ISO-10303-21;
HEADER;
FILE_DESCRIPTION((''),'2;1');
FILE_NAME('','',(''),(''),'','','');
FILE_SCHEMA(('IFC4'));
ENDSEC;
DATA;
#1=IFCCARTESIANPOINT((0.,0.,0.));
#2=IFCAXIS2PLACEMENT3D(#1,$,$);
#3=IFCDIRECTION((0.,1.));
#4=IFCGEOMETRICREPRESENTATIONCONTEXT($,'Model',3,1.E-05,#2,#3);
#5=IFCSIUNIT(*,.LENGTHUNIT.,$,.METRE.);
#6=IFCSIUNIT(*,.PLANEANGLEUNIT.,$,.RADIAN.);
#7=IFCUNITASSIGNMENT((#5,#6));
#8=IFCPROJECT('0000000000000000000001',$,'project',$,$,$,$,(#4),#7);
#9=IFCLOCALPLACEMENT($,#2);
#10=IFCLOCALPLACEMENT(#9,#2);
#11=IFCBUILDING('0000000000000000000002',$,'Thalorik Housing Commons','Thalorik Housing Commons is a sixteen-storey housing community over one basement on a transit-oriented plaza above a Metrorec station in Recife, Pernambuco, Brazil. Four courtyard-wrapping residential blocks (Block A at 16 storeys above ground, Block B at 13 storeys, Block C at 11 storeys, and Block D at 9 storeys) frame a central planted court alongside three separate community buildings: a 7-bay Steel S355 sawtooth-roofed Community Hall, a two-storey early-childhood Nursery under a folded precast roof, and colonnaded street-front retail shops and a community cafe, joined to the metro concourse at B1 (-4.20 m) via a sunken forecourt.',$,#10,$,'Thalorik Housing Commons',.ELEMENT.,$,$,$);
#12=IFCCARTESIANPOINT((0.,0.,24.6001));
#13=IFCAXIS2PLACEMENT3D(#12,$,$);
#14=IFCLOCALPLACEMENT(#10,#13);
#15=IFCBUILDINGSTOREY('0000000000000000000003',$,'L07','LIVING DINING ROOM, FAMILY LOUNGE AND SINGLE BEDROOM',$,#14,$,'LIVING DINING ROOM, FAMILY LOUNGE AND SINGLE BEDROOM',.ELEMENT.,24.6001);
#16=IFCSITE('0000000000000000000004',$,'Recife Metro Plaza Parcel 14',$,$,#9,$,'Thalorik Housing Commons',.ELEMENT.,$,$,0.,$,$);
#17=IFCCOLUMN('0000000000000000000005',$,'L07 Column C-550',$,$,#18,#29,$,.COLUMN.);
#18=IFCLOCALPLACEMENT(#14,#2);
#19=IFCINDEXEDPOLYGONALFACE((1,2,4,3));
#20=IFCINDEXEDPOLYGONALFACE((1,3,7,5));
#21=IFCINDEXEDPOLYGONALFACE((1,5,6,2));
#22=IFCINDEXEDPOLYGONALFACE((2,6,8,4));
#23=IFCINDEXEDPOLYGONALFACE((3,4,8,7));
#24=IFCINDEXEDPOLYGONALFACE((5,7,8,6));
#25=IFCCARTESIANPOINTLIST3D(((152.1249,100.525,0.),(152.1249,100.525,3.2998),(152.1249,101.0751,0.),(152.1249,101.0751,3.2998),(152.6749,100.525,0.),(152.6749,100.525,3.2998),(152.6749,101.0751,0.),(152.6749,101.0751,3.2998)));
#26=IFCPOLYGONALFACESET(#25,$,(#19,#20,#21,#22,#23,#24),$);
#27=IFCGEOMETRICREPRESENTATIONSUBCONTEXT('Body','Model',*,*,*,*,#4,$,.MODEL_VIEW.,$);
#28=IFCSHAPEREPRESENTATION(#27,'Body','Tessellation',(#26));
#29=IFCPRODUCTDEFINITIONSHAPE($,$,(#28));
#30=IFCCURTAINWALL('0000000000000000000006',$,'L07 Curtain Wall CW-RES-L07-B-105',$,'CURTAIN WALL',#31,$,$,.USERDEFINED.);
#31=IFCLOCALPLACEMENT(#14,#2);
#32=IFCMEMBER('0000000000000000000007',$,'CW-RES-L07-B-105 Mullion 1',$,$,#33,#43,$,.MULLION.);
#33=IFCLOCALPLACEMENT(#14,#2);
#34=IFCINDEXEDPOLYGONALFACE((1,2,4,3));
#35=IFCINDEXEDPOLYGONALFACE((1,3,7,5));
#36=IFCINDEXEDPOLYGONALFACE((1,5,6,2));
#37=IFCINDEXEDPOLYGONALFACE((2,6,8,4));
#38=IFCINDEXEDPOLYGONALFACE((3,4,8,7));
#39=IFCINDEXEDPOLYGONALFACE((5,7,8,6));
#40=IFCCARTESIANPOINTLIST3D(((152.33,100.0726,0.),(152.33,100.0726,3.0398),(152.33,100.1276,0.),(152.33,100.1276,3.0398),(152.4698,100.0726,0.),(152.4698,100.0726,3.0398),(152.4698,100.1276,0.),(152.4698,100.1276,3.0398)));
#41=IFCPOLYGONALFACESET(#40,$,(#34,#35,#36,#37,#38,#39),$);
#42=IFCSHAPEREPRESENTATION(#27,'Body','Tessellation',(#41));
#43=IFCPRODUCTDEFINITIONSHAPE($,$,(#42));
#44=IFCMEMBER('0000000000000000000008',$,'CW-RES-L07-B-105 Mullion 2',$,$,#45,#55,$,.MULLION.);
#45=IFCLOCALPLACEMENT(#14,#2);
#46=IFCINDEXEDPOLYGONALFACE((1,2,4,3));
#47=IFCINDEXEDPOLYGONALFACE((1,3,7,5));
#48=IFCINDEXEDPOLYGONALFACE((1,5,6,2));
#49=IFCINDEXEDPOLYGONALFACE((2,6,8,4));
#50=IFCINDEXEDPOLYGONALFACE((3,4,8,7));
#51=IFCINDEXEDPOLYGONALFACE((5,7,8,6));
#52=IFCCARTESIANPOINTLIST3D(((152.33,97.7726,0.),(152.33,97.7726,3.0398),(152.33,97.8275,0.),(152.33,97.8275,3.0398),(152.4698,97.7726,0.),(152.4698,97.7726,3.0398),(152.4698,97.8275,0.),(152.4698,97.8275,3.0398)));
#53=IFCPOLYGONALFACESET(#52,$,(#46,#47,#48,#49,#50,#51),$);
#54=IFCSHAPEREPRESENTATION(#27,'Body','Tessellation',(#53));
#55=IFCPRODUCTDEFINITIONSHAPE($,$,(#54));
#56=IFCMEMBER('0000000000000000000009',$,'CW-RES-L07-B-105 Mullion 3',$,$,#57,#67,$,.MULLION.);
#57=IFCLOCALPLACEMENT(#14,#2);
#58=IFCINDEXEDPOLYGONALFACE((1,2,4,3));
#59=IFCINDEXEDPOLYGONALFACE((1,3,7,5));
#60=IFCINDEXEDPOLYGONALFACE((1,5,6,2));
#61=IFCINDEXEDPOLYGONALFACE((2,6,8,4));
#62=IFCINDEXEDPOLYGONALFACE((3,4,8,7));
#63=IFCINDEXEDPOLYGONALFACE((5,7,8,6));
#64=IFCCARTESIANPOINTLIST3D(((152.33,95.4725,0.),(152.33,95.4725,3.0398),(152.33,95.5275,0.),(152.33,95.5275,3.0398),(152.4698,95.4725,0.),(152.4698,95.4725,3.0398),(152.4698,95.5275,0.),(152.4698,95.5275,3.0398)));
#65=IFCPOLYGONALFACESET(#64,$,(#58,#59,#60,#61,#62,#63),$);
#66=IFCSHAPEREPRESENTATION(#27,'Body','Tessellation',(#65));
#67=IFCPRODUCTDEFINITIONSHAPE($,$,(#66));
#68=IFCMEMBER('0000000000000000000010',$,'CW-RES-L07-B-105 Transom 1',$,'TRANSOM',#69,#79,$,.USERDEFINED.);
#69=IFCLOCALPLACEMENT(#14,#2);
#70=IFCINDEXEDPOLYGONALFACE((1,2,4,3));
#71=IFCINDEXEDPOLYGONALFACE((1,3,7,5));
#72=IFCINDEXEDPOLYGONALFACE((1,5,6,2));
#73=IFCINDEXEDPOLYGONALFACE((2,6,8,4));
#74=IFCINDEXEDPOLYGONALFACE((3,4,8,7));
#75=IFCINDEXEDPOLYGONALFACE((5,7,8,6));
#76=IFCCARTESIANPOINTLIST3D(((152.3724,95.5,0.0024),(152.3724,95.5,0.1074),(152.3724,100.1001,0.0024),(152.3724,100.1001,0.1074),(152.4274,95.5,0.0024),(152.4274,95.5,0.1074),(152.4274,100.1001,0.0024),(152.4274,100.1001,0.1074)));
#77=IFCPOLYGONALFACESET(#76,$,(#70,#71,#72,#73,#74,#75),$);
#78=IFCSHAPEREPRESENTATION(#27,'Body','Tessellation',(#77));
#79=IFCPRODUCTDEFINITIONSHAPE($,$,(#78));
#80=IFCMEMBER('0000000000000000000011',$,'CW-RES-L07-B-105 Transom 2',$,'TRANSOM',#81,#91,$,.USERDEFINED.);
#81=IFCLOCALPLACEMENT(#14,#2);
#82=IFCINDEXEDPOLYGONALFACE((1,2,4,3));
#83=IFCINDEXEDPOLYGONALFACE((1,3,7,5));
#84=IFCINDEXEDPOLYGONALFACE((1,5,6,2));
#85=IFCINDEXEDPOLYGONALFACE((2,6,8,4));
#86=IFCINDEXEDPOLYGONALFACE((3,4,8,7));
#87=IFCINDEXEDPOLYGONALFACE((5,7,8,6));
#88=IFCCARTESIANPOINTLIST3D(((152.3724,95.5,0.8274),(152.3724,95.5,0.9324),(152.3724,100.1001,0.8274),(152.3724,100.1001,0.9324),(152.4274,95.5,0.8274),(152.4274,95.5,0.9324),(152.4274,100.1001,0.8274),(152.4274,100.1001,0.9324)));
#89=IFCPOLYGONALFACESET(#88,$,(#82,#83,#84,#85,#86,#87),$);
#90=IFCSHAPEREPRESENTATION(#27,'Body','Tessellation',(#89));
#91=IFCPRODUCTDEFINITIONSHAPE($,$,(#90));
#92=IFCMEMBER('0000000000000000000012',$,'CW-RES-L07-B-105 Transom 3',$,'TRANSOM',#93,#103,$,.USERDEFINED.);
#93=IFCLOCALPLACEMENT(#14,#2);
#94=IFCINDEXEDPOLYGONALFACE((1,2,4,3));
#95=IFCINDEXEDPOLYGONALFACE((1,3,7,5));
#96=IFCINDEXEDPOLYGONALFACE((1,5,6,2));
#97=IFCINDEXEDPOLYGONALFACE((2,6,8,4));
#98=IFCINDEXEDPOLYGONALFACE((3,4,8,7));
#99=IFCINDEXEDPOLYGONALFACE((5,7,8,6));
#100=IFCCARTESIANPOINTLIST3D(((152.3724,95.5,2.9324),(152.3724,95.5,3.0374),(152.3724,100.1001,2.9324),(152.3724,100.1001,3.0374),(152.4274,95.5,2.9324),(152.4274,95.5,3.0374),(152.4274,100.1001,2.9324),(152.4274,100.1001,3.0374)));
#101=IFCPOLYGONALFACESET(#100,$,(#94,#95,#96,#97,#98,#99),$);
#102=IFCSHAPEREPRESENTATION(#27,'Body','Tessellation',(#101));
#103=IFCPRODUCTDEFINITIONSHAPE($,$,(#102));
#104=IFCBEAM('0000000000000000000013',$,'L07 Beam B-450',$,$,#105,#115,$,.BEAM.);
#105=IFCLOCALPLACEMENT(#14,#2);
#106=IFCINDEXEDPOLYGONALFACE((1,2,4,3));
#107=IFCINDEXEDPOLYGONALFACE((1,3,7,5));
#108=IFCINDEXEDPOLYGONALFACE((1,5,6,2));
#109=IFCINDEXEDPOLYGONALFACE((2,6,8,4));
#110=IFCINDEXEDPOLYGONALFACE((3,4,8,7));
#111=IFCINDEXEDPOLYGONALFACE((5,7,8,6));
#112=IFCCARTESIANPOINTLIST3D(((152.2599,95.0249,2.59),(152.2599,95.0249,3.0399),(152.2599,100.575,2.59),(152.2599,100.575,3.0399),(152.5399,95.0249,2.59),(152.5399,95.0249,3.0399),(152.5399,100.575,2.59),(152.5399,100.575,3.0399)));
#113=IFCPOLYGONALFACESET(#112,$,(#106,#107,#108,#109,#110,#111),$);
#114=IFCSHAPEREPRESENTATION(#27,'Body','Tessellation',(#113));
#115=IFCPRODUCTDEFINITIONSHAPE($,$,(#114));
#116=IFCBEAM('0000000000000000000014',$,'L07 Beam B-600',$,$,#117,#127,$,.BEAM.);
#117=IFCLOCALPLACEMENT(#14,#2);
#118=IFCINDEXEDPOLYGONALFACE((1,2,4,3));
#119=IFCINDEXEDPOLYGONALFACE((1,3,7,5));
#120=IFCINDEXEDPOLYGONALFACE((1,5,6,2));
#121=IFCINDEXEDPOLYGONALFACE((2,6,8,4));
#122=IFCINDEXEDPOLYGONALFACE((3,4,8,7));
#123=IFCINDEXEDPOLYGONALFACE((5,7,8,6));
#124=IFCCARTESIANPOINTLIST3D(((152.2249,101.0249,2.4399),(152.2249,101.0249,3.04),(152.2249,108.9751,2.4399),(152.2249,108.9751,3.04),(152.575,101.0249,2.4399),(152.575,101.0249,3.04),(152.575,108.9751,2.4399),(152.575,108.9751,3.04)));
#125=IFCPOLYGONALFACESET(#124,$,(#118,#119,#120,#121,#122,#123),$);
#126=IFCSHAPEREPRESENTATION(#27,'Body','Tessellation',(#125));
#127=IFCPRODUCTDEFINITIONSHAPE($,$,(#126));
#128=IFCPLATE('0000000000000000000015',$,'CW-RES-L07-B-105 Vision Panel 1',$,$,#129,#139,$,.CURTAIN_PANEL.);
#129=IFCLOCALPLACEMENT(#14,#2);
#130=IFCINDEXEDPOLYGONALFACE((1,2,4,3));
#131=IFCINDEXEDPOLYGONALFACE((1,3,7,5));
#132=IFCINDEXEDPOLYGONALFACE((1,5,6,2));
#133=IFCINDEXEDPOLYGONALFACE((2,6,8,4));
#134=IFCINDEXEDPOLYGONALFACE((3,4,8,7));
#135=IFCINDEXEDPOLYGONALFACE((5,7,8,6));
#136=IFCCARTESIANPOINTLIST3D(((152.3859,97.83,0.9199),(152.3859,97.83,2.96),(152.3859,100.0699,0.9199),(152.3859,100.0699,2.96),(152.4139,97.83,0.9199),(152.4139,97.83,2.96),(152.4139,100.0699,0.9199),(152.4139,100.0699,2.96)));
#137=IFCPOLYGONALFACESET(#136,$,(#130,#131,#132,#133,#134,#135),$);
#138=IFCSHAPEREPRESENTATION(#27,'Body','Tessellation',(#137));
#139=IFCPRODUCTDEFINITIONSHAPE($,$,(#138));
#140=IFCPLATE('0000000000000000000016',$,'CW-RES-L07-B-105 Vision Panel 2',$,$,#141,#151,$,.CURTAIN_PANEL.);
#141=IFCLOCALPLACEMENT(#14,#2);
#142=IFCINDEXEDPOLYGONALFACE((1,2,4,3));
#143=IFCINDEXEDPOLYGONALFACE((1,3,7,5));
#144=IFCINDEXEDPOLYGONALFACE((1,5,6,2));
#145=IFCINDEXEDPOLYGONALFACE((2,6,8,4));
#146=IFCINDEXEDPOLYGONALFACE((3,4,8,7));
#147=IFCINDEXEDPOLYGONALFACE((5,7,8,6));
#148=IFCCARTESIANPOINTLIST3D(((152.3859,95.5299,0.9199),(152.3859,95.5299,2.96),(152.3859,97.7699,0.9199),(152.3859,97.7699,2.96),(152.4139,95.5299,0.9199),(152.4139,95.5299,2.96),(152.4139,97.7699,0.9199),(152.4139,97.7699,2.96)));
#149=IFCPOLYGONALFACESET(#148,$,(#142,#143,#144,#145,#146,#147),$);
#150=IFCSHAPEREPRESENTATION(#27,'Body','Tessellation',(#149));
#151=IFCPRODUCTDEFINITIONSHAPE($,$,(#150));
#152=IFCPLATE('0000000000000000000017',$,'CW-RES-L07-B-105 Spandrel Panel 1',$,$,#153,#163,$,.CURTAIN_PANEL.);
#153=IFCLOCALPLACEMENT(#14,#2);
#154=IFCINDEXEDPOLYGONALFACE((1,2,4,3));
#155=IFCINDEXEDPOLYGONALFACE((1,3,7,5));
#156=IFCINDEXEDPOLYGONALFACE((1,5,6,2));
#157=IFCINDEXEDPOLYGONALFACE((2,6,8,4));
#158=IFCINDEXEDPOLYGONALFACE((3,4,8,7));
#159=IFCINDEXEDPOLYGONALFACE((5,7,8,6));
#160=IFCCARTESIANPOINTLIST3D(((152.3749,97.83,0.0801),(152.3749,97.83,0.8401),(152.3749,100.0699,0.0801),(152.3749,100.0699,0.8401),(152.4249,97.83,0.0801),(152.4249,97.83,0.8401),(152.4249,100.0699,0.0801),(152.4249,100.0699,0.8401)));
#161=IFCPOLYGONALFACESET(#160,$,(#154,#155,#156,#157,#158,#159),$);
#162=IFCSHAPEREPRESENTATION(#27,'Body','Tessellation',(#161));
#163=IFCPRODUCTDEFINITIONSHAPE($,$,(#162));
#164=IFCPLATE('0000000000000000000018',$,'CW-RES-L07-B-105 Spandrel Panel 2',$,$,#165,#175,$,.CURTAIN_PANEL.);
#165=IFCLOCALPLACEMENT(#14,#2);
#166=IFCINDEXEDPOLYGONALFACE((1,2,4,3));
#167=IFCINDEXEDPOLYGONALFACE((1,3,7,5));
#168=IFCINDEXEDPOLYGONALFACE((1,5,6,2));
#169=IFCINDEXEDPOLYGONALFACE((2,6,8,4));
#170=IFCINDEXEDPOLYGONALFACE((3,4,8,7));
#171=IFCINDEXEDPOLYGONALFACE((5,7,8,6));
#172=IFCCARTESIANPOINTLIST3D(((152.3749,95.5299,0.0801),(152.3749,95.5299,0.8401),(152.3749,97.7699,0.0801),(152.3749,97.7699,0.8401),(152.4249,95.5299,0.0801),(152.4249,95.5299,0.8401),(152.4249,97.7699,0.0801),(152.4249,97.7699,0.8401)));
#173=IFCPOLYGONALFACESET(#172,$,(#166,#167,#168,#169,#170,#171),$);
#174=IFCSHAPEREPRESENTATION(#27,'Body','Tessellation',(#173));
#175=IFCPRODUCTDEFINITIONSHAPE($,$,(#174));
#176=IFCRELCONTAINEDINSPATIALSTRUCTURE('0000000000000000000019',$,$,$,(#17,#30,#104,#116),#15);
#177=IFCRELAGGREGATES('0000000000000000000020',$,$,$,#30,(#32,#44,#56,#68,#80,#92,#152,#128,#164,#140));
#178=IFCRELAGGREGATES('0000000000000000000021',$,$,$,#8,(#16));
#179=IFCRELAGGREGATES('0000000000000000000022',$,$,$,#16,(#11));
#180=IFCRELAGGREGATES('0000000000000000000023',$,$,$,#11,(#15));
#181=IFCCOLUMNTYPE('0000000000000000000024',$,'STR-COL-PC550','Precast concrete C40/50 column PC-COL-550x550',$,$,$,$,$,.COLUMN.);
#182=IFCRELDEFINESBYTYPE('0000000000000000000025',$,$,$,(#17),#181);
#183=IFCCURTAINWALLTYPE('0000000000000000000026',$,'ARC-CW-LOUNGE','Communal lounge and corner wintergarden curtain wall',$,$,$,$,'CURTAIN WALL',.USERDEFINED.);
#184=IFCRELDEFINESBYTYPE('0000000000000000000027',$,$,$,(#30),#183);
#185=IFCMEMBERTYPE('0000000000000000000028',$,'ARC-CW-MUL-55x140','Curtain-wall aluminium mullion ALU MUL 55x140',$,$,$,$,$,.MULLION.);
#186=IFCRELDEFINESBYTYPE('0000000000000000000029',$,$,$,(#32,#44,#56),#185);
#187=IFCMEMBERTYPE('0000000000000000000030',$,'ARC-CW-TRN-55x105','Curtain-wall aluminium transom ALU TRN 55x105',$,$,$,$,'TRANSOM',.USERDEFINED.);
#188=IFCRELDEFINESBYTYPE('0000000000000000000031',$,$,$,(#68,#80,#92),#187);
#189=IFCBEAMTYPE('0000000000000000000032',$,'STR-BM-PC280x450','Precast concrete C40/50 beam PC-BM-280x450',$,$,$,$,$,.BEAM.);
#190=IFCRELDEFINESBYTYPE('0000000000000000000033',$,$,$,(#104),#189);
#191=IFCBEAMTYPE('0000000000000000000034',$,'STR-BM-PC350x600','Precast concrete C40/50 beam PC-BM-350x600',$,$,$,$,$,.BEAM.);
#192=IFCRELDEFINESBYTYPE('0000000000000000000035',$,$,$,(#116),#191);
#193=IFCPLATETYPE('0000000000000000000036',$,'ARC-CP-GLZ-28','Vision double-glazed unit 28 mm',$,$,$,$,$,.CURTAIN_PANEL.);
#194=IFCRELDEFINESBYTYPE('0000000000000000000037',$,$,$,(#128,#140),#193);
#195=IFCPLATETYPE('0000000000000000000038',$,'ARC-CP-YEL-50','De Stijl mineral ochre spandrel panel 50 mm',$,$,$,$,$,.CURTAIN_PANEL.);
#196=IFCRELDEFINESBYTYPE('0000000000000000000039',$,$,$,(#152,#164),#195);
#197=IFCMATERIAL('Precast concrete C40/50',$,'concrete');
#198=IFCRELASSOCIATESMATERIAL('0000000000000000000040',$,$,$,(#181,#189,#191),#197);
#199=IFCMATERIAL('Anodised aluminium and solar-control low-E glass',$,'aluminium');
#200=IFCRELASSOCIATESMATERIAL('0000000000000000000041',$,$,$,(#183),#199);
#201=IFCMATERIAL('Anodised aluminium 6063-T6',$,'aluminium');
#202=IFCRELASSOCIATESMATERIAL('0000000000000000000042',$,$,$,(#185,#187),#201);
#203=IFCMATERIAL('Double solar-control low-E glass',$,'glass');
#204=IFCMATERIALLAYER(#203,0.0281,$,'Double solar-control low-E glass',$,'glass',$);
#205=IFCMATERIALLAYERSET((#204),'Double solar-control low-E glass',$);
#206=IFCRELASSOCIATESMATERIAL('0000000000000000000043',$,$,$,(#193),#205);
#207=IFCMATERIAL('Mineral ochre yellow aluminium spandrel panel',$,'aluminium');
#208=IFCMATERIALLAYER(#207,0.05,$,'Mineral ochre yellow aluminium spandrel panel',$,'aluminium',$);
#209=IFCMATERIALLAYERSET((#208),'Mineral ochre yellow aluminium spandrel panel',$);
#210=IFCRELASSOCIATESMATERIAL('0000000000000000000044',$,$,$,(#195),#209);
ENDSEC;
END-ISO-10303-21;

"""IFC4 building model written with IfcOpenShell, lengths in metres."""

from ifc_helpers import new_model, si_unit, direction, frame, origin, origin_2d, place, context, subcontext, project, spatial, rectangle, extrude, material, layer, layer_set, material_profile, profile_set, type_object, element, aggregate, save


model = new_model("IFC4")

# Units and contexts
model_context = context("Model", 3, precision=1e-05, world=origin(), true_north=direction((0.0, 1.0)))
body_context = subcontext(model_context, "Body", "Model", "MODEL_VIEW")
ifc_project = project(units=[si_unit("LENGTHUNIT", "METRE"), si_unit("PLANEANGLEUNIT", "RADIAN")], contexts=[model_context])

# Site, building, storey
site_placement = place(None, origin())
site = spatial("IfcSite", under=ifc_project, at=site_placement, Name="Recife Metro Plaza Parcel 14", LongName="Thalorik Housing Commons", CompositionType="ELEMENT", RefElevation=0.0)
building_placement = place(site_placement, origin())
building = spatial("IfcBuilding", under=site, at=building_placement, Name="Thalorik Housing Commons", Description="Thalorik Housing Commons is a sixteen-storey housing community over one basement on a transit-oriented plaza above a Metrorec station in Recife, Pernambuco, Brazil. Four courtyard-wrapping residential blocks (Block A at 16 storeys above ground, Block B at 13 storeys, Block C at 11 storeys, and Block D at 9 storeys) frame a central planted court alongside three separate community buildings: a 7-bay Steel S355 sawtooth-roofed Community Hall, a two-storey early-childhood Nursery under a folded precast roof, and colonnaded street-front retail shops and a community cafe, joined to the metro concourse at B1 (-4.20 m) via a sunken forecourt.", LongName="Thalorik Housing Commons", CompositionType="ELEMENT")
storey_placement = place(building_placement, frame((0.0, 0.0, 24.6001)))
storey = spatial("IfcBuildingStorey", under=building, at=storey_placement, Name="L07", Description="LIVING DINING ROOM, FAMILY LOUNGE AND SINGLE BEDROOM", LongName="LIVING DINING ROOM, FAMILY LOUNGE AND SINGLE BEDROOM", CompositionType="ELEMENT", Elevation=24.6001)

# Column
ifc_material_1 = material(Name="Precast concrete C40/50", Category="concrete")
ifc_material_profile_1 = material_profile(ifc_material_1, rectangle(XDim=0.55, YDim=0.55, at=origin_2d()), Name="PC 550x550", Category="concrete")
ifc_profile_set_1 = profile_set([ifc_material_profile_1], Name="Precast concrete C40/50")
column_type = type_object("IfcColumnType", Name="STR-COL-PC550", Description="Precast concrete C40/50 column PC-COL-550x550", PredefinedType="COLUMN", material=ifc_profile_set_1)
column_placement = place(storey_placement, frame((152.3999, 100.8, 0.0), z_axis=(0.0, 0.0, 1.0), x_axis=(1.0, 0.0, 0.0)))
element("IfcColumn", 1, at=column_placement, inside=storey, type_object=column_type, Name="L07 Column C-550", PredefinedType="COLUMN", context=body_context, shape_type="SweptSolid", body=[
    extrude(rectangle(XDim=0.55, YDim=0.55, at=origin_2d()), origin(), (0.0, 0.0, 1.0), 3.2998),
])

# Curtain wall, members
ifc_material_2 = material(Name="Anodised aluminium and solar-control low-E glass", Category="aluminium")
curtain_wall_type = type_object("IfcCurtainWallType", Name="ARC-CW-LOUNGE", Description="Communal lounge and corner wintergarden curtain wall", ElementType="CURTAIN WALL", PredefinedType="USERDEFINED", material=ifc_material_2)
curtain_wall_placement = place(storey_placement, origin())
curtain_wall = element("IfcCurtainWall", 2, at=curtain_wall_placement, inside=storey, type_object=curtain_wall_type, Name="L07 Curtain Wall CW-RES-L07-B-105", ObjectType="CURTAIN WALL", PredefinedType="USERDEFINED")
ifc_material_3 = material(Name="Anodised aluminium 6063-T6", Category="aluminium")
ifc_material_profile_2 = material_profile(ifc_material_3, rectangle(XDim=0.0549, YDim=0.1399, at=origin_2d()), Name="ALU MUL 55x140", Category="aluminium")
ifc_profile_set_2 = profile_set([ifc_material_profile_2], Name="Anodised aluminium 6063-T6")
member_type_1 = type_object("IfcMemberType", Name="ARC-CW-MUL-55x140", Description="Curtain-wall aluminium mullion ALU MUL 55x140", PredefinedType="MULLION", material=ifc_profile_set_2)
member_1_placement = place(storey_placement, frame((152.3999, 100.1001, 0.0), z_axis=(0.0, 0.0, 1.0), x_axis=(0.0, -1.0, 0.0)))
member_1 = element("IfcMember", 3, at=member_1_placement, type_object=member_type_1, Name="CW-RES-L07-B-105 Mullion 1", PredefinedType="MULLION", context=body_context, shape_type="SweptSolid", body=[
    extrude(rectangle(XDim=0.0549, YDim=0.1399, at=origin_2d()), origin(), (0.0, 0.0, 1.0), 3.0398),
])
member_2_placement = place(storey_placement, frame((152.3999, 97.8, 0.0), z_axis=(0.0, 0.0, 1.0), x_axis=(0.0, -1.0, 0.0)))
member_2 = element("IfcMember", 4, at=member_2_placement, type_object=member_type_1, Name="CW-RES-L07-B-105 Mullion 2", PredefinedType="MULLION", context=body_context, shape_type="SweptSolid", body=[
    extrude(rectangle(XDim=0.0549, YDim=0.1399, at=origin_2d()), origin(), (0.0, 0.0, 1.0), 3.0398),
])
member_3_placement = place(storey_placement, frame((152.3999, 95.5, 0.0), z_axis=(0.0, 0.0, 1.0), x_axis=(0.0, -1.0, 0.0)))
member_3 = element("IfcMember", 5, at=member_3_placement, type_object=member_type_1, Name="CW-RES-L07-B-105 Mullion 3", PredefinedType="MULLION", context=body_context, shape_type="SweptSolid", body=[
    extrude(rectangle(XDim=0.0549, YDim=0.1399, at=origin_2d()), origin(), (0.0, 0.0, 1.0), 3.0398),
])
ifc_material_profile_3 = material_profile(ifc_material_3, rectangle(XDim=0.0549, YDim=0.105, at=origin_2d()), Name="ALU TRN 55x105", Category="aluminium")
ifc_profile_set_3 = profile_set([ifc_material_profile_3], Name="Anodised aluminium 6063-T6")
member_type_2 = type_object("IfcMemberType", Name="ARC-CW-TRN-55x105", Description="Curtain-wall aluminium transom ALU TRN 55x105", ElementType="TRANSOM", PredefinedType="USERDEFINED", material=ifc_profile_set_3)
member_4_placement = place(storey_placement, frame((152.3999, 100.1001, 0.0549), z_axis=(0.0, -1.0, 0.0), x_axis=(1.0, 0.0, 0.0)))
member_4 = element("IfcMember", 6, at=member_4_placement, type_object=member_type_2, Name="CW-RES-L07-B-105 Transom 1", ObjectType="TRANSOM", PredefinedType="USERDEFINED", context=body_context, shape_type="SweptSolid", body=[
    extrude(rectangle(XDim=0.0549, YDim=0.105, at=origin_2d()), origin(), (0.0, 0.0, 1.0), 4.6001),
])
member_5_placement = place(storey_placement, frame((152.3999, 100.1001, 0.8799), z_axis=(0.0, -1.0, 0.0), x_axis=(1.0, 0.0, 0.0)))
member_5 = element("IfcMember", 7, at=member_5_placement, type_object=member_type_2, Name="CW-RES-L07-B-105 Transom 2", ObjectType="TRANSOM", PredefinedType="USERDEFINED", context=body_context, shape_type="SweptSolid", body=[
    extrude(rectangle(XDim=0.0549, YDim=0.105, at=origin_2d()), origin(), (0.0, 0.0, 1.0), 4.6001),
])
member_6_placement = place(storey_placement, frame((152.3999, 100.1001, 2.9849), z_axis=(0.0, -1.0, 0.0), x_axis=(1.0, 0.0, 0.0)))
member_6 = element("IfcMember", 8, at=member_6_placement, type_object=member_type_2, Name="CW-RES-L07-B-105 Transom 3", ObjectType="TRANSOM", PredefinedType="USERDEFINED", context=body_context, shape_type="SweptSolid", body=[
    extrude(rectangle(XDim=0.0549, YDim=0.105, at=origin_2d()), origin(), (0.0, 0.0, 1.0), 4.6001),
])

# Beams
ifc_material_profile_4 = material_profile(ifc_material_1, rectangle(XDim=0.28, YDim=0.45, at=origin_2d()), Name="PC 280x450", Category="concrete")
ifc_profile_set_4 = profile_set([ifc_material_profile_4], Name="Precast concrete C40/50")
beam_type_1 = type_object("IfcBeamType", Name="STR-BM-PC280x450", Description="Precast concrete C40/50 beam PC-BM-280x450", PredefinedType="BEAM", material=ifc_profile_set_4)
beam_1_placement = place(storey_placement, frame((152.3999, 95.0249, 2.8149), z_axis=(0.0, 1.0, 0.0), x_axis=(-1.0, 0.0, 0.0)))
element("IfcBeam", 9, at=beam_1_placement, inside=storey, type_object=beam_type_1, Name="L07 Beam B-450", PredefinedType="BEAM", context=body_context, shape_type="SweptSolid", body=[
    extrude(rectangle(XDim=0.28, YDim=0.45, at=origin_2d()), origin(), (0.0, 0.0, 1.0), 5.55),
])
ifc_material_profile_5 = material_profile(ifc_material_1, rectangle(XDim=0.3501, YDim=0.6001, at=origin_2d()), Name="PC 350x600", Category="concrete")
ifc_profile_set_5 = profile_set([ifc_material_profile_5], Name="Precast concrete C40/50")
beam_type_2 = type_object("IfcBeamType", Name="STR-BM-PC350x600", Description="Precast concrete C40/50 beam PC-BM-350x600", PredefinedType="BEAM", material=ifc_profile_set_5)
beam_2_placement = place(storey_placement, frame((152.3999, 101.0249, 2.74), z_axis=(0.0, 1.0, 0.0), x_axis=(-1.0, 0.0, 0.0)))
element("IfcBeam", 10, at=beam_2_placement, inside=storey, type_object=beam_type_2, Name="L07 Beam B-600", PredefinedType="BEAM", context=body_context, shape_type="SweptSolid", body=[
    extrude(rectangle(XDim=0.3501, YDim=0.6001, at=origin_2d()), origin(), (0.0, 0.0, 1.0), 7.9502),
])

# Plates
ifc_material_4 = material(Name="Double solar-control low-E glass", Category="glass")
ifc_layer_1 = layer(ifc_material_4, 0.0281, Name="Double solar-control low-E glass", Category="glass")
ifc_layer_set_1 = layer_set([ifc_layer_1], Name="Double solar-control low-E glass")
plate_type_1 = type_object("IfcPlateType", Name="ARC-CP-GLZ-28", Description="Vision double-glazed unit 28 mm", PredefinedType="CURTAIN_PANEL", material=ifc_layer_set_1)
plate_1_placement = place(storey_placement, frame((152.3999, 98.95, 0.9199), z_axis=(0.0, 0.0, 1.0), x_axis=(0.0, -1.0, 0.0)))
plate_1 = element("IfcPlate", 11, at=plate_1_placement, type_object=plate_type_1, Name="CW-RES-L07-B-105 Vision Panel 1", PredefinedType="CURTAIN_PANEL", context=body_context, shape_type="SweptSolid", body=[
    extrude(rectangle(XDim=2.24, YDim=0.0281, at=origin_2d()), origin(), (0.0, 0.0, 1.0), 2.04),
])
plate_2_placement = place(storey_placement, frame((152.3999, 96.6499, 0.9199), z_axis=(0.0, 0.0, 1.0), x_axis=(0.0, -1.0, 0.0)))
plate_2 = element("IfcPlate", 12, at=plate_2_placement, type_object=plate_type_1, Name="CW-RES-L07-B-105 Vision Panel 2", PredefinedType="CURTAIN_PANEL", context=body_context, shape_type="SweptSolid", body=[
    extrude(rectangle(XDim=2.24, YDim=0.0281, at=origin_2d()), origin(), (0.0, 0.0, 1.0), 2.04),
])
ifc_material_5 = material(Name="Mineral ochre yellow aluminium spandrel panel", Category="aluminium")
ifc_layer_2 = layer(ifc_material_5, 0.05, Name="Mineral ochre yellow aluminium spandrel panel", Category="aluminium")
ifc_layer_set_2 = layer_set([ifc_layer_2], Name="Mineral ochre yellow aluminium spandrel panel")
plate_type_2 = type_object("IfcPlateType", Name="ARC-CP-YEL-50", Description="De Stijl mineral ochre spandrel panel 50 mm", PredefinedType="CURTAIN_PANEL", material=ifc_layer_set_2)
plate_3_placement = place(storey_placement, frame((152.3999, 98.95, 0.0801), z_axis=(0.0, 0.0, 1.0), x_axis=(0.0, -1.0, 0.0)))
plate_3 = element("IfcPlate", 13, at=plate_3_placement, type_object=plate_type_2, Name="CW-RES-L07-B-105 Spandrel Panel 1", PredefinedType="CURTAIN_PANEL", context=body_context, shape_type="SweptSolid", body=[
    extrude(rectangle(XDim=2.24, YDim=0.05, at=origin_2d()), origin(), (0.0, 0.0, 1.0), 0.76),
])
plate_4_placement = place(storey_placement, frame((152.3999, 96.6499, 0.0801), z_axis=(0.0, 0.0, 1.0), x_axis=(0.0, -1.0, 0.0)))
plate_4 = element("IfcPlate", 14, at=plate_4_placement, type_object=plate_type_2, Name="CW-RES-L07-B-105 Spandrel Panel 2", PredefinedType="CURTAIN_PANEL", context=body_context, shape_type="SweptSolid", body=[
    extrude(rectangle(XDim=2.24, YDim=0.05, at=origin_2d()), origin(), (0.0, 0.0, 1.0), 0.76),
])
aggregate(curtain_wall, [member_1, member_2, member_3, member_4, member_5, member_6, plate_3, plate_1, plate_4, plate_2])

save(model, "model.ifc")
